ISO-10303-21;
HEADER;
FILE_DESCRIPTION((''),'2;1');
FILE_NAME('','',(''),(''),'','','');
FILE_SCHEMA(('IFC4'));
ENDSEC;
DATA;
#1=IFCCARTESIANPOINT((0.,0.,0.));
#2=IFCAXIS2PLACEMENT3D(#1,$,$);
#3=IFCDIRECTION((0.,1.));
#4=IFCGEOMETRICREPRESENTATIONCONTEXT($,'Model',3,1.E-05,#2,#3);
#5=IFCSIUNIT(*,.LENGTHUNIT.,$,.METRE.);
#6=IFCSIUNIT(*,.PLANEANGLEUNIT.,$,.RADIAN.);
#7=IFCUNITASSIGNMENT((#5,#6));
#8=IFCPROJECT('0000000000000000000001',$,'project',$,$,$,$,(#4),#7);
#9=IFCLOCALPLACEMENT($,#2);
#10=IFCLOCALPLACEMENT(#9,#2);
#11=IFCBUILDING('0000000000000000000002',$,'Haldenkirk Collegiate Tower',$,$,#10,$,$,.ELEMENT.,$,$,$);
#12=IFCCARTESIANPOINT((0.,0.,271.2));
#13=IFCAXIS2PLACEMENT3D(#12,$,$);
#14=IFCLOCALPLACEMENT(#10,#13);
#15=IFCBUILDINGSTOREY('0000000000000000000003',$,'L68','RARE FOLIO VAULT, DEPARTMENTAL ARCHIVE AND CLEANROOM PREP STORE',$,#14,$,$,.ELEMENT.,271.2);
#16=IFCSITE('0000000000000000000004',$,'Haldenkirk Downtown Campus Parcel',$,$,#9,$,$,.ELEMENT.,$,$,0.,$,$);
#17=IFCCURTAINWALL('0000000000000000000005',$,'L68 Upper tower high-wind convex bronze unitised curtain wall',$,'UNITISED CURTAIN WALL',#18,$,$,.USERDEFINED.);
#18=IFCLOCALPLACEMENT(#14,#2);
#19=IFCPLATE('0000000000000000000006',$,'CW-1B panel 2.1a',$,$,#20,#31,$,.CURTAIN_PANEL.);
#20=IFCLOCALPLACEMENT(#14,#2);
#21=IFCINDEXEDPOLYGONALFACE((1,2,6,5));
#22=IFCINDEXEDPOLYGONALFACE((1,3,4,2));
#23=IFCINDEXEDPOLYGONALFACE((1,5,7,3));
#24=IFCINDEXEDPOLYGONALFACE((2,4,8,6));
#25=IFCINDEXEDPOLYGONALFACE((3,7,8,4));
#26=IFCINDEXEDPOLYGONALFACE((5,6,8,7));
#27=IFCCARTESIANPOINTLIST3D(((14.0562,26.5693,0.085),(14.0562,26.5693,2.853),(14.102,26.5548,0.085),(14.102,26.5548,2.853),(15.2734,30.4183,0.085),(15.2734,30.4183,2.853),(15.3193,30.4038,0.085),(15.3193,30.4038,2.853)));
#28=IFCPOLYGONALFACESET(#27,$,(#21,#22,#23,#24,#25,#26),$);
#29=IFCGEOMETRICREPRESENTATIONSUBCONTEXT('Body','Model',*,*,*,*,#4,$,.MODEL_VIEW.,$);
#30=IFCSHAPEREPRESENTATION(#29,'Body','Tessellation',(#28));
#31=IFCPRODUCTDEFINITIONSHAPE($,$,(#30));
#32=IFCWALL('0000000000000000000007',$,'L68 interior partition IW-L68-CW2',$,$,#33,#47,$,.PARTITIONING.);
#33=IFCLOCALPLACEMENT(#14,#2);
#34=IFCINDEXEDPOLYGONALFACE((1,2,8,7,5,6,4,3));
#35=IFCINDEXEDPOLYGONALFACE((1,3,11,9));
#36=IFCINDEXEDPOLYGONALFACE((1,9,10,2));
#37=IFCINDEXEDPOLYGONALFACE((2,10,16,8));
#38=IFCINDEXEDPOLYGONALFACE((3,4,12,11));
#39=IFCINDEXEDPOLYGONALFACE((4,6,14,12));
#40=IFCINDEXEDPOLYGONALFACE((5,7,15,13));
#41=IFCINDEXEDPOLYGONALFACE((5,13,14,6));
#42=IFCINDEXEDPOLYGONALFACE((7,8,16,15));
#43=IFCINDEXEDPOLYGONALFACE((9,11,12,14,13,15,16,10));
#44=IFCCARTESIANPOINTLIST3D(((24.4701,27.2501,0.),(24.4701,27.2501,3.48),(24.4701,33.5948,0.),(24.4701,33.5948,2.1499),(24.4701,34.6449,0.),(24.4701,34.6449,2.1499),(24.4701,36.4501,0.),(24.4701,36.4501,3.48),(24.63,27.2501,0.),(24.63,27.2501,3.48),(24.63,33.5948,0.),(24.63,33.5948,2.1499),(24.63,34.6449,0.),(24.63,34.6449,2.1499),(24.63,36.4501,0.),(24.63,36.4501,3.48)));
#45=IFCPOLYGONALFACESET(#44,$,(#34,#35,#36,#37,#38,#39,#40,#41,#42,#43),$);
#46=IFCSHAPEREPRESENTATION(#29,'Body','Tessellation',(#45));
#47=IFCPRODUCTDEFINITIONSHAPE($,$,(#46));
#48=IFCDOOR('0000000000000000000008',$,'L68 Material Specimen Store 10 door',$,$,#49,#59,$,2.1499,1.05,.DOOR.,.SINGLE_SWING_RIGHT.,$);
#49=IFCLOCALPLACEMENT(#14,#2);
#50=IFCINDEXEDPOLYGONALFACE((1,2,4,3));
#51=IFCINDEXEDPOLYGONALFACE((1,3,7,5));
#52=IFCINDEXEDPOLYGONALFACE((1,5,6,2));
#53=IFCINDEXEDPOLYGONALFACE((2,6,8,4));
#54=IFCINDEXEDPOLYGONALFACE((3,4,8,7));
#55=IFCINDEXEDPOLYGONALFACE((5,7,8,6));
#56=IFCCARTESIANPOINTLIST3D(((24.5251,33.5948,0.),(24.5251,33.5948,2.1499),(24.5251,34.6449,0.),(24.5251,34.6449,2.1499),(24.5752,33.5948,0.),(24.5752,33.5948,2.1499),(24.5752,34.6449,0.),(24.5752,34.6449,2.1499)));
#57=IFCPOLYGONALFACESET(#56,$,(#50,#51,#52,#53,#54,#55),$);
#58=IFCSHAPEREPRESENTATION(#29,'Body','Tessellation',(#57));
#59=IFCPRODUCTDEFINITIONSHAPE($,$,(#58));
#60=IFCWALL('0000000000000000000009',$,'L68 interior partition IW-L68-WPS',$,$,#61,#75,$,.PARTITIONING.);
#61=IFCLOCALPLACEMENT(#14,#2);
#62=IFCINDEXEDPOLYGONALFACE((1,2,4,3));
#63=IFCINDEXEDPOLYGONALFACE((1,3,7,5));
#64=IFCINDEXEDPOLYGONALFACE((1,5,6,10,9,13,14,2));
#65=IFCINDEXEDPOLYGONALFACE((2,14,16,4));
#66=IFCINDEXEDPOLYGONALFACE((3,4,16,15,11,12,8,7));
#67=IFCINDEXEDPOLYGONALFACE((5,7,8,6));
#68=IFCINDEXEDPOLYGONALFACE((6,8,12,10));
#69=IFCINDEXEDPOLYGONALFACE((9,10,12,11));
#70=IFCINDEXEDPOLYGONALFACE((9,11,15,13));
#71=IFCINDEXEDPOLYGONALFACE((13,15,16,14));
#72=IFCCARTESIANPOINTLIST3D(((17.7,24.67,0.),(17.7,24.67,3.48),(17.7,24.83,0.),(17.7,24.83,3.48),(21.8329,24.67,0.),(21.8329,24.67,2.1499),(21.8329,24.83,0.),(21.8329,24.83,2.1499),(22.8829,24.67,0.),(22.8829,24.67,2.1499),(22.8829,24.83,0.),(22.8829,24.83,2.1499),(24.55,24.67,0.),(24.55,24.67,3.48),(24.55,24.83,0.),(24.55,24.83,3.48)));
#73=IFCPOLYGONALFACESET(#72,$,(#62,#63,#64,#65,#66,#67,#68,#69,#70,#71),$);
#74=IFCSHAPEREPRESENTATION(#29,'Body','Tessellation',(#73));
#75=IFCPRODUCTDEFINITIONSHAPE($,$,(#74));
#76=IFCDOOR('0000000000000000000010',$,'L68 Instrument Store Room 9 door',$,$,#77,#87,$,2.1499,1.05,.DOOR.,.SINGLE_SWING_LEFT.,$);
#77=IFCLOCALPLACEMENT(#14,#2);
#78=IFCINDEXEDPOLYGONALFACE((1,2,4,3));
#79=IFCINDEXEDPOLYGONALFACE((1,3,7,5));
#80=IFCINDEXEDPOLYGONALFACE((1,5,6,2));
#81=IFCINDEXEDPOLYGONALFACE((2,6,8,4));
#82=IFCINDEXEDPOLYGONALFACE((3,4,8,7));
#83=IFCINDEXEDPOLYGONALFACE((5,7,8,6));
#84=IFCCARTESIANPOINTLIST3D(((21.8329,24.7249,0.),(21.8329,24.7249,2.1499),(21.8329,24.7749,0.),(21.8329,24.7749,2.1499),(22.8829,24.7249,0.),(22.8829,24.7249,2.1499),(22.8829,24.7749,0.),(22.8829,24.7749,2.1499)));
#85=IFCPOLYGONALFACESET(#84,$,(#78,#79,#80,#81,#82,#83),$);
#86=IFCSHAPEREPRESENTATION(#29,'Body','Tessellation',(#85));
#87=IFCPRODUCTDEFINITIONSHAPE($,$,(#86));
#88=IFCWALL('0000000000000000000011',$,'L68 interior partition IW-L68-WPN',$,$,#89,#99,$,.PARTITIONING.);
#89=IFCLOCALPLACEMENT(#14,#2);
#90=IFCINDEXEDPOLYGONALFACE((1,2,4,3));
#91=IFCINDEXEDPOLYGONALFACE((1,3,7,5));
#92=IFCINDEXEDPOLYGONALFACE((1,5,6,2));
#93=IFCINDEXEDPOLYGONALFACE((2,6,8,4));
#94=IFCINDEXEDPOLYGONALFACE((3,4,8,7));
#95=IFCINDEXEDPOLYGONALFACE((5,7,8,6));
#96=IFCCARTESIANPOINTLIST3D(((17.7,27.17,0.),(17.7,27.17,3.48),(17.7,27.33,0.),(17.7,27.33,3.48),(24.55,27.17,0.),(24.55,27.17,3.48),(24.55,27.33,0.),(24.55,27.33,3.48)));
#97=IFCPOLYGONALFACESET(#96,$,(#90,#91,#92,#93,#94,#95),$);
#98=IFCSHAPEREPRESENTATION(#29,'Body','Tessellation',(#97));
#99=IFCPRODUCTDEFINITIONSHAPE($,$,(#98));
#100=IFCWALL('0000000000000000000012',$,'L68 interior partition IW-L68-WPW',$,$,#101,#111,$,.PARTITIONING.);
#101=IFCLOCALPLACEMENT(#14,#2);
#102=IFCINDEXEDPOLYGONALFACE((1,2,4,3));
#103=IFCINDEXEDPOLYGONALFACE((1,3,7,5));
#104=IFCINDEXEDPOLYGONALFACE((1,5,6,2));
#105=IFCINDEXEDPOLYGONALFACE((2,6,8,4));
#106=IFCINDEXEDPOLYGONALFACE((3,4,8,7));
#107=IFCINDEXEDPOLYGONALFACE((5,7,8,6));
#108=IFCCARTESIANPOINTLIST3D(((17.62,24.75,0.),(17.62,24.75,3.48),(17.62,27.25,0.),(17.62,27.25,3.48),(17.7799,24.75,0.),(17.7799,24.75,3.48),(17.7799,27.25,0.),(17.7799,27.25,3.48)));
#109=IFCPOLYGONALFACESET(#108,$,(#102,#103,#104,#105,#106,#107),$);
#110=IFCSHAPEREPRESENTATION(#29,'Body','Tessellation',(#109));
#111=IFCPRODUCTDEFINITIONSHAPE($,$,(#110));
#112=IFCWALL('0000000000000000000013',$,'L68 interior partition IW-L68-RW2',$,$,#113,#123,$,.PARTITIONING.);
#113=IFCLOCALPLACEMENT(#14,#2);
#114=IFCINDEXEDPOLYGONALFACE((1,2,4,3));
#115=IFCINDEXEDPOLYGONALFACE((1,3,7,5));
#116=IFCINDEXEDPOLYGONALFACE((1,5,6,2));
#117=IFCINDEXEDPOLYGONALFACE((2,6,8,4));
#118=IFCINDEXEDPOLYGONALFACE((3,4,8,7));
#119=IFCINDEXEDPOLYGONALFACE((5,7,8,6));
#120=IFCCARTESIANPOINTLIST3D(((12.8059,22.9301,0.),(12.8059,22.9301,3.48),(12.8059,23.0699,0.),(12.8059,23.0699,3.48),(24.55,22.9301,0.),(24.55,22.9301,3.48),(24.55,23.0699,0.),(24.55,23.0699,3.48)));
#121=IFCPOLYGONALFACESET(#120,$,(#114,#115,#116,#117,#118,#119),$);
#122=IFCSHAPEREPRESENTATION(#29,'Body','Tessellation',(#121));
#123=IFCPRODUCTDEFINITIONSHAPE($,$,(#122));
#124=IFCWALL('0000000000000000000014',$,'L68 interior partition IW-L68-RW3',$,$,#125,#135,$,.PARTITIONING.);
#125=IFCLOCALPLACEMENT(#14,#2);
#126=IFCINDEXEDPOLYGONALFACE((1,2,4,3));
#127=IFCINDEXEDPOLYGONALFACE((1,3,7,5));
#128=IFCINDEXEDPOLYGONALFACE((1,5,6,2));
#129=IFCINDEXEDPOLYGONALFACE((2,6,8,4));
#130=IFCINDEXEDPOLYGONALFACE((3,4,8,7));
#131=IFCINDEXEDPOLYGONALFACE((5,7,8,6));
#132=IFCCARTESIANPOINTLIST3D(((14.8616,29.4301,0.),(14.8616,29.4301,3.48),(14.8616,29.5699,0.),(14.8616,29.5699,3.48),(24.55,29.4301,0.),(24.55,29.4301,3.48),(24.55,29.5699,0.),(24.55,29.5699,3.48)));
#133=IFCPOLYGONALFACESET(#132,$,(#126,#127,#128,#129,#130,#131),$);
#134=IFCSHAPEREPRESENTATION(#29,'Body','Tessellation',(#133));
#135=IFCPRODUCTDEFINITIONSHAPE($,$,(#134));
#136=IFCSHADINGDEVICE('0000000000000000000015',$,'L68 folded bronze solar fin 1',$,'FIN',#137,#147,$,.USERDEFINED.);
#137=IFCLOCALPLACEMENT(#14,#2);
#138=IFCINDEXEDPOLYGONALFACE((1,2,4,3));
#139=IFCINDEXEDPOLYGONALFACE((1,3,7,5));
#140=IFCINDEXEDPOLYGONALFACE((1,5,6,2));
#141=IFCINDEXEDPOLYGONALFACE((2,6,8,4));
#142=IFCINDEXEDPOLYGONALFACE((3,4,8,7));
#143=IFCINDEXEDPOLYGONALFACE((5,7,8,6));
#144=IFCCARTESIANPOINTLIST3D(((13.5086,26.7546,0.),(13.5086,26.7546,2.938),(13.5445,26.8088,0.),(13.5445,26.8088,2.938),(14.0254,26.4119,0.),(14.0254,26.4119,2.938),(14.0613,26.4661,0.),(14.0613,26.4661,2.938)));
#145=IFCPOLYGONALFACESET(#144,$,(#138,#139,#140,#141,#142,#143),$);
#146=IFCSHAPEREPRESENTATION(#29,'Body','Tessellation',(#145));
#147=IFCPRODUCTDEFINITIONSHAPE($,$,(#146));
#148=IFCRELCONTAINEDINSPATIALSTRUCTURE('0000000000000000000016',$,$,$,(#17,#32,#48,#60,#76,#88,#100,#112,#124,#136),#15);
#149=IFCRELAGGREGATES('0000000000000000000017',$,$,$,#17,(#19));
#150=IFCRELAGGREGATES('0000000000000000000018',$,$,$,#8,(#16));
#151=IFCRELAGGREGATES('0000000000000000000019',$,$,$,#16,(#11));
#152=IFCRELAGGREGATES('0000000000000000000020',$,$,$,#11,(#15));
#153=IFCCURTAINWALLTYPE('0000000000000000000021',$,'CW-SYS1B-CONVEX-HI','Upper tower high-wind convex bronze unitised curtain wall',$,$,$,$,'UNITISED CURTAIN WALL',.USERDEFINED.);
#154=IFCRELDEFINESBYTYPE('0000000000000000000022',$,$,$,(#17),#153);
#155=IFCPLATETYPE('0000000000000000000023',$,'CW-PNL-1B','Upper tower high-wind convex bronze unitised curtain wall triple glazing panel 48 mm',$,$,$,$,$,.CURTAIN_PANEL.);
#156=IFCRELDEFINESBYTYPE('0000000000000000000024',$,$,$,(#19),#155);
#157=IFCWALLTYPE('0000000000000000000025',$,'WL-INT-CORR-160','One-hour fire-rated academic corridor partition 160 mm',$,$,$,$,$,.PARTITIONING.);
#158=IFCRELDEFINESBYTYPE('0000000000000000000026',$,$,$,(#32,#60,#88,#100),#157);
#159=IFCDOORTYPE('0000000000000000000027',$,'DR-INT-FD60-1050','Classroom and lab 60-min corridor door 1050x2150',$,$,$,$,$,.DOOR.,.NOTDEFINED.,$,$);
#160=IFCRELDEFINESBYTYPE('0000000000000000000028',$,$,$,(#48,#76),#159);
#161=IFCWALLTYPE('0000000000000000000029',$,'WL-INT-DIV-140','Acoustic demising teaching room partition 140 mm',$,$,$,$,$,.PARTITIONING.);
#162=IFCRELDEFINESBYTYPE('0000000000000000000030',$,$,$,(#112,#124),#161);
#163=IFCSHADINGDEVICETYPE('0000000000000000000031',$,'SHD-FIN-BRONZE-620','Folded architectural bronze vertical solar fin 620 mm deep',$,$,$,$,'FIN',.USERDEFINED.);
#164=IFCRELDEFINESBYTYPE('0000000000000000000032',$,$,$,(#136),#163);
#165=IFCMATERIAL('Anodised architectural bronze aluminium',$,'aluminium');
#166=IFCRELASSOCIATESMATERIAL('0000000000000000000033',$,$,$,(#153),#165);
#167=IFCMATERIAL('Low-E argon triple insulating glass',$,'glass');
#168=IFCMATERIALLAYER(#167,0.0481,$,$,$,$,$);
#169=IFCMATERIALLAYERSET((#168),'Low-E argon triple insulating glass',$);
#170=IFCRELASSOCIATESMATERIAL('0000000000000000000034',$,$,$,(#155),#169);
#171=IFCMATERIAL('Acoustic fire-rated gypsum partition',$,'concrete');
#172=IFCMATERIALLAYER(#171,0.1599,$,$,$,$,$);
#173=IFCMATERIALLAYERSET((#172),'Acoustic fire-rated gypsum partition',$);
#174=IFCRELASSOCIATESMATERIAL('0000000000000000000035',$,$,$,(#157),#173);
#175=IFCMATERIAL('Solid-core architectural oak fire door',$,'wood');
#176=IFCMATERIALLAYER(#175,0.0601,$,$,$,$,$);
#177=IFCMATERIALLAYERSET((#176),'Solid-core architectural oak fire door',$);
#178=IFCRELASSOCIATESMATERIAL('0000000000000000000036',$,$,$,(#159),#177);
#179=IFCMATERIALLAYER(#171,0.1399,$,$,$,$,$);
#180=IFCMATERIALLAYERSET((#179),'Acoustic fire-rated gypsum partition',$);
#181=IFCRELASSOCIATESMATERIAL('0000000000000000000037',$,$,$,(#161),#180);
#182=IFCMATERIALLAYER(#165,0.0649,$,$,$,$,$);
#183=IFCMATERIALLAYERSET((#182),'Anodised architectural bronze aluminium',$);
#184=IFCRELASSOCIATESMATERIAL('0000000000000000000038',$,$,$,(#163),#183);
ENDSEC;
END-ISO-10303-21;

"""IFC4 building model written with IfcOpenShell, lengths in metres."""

from ifc_helpers import new_model, si_unit, direction, frame, frame_2d, origin, origin_2d, place, context, subcontext, project, spatial, rectangle, extrude, source, transform, mapped, material, layer, layer_set, type_object, element, fill, aggregate, save


model = new_model("IFC4")

# Units and contexts
model_context = context("Model", 3, precision=1e-05, world=origin(), true_north=direction((0.0, 1.0)))
body_context = subcontext(model_context, "Body", "Model", "MODEL_VIEW")
ifc_project = project(units=[si_unit("LENGTHUNIT", "METRE"), si_unit("PLANEANGLEUNIT", "RADIAN")], contexts=[model_context])

# Site, building, storey
site_placement = place(None, origin())
site = spatial("IfcSite", under=ifc_project, at=site_placement, Name="Haldenkirk Downtown Campus Parcel", CompositionType="ELEMENT", RefElevation=0.0)
building_placement = place(site_placement, origin())
building = spatial("IfcBuilding", under=site, at=building_placement, Name="Haldenkirk Collegiate Tower", CompositionType="ELEMENT")
storey_placement = place(building_placement, frame((0.0, 0.0, 271.2)))
storey = spatial("IfcBuildingStorey", under=building, at=storey_placement, Name="L68", Description="RARE FOLIO VAULT, DEPARTMENTAL ARCHIVE AND CLEANROOM PREP STORE", CompositionType="ELEMENT", Elevation=271.2)

# Curtain wall, plate
ifc_material_1 = material(Name="Anodised architectural bronze aluminium", Category="aluminium")
curtain_wall_type = type_object("IfcCurtainWallType", Name="CW-SYS1B-CONVEX-HI", Description="Upper tower high-wind convex bronze unitised curtain wall", ElementType="UNITISED CURTAIN WALL", PredefinedType="USERDEFINED", material=ifc_material_1)
curtain_wall_placement = place(storey_placement, origin())
curtain_wall = element("IfcCurtainWall", 1, at=curtain_wall_placement, inside=storey, type_object=curtain_wall_type, Name="L68 Upper tower high-wind convex bronze unitised curtain wall", ObjectType="UNITISED CURTAIN WALL", PredefinedType="USERDEFINED")
ifc_material_2 = material(Name="Low-E argon triple insulating glass", Category="glass")
ifc_layer_1 = layer(ifc_material_2, 0.0481)
ifc_layer_set_1 = layer_set([ifc_layer_1], Name="Low-E argon triple insulating glass")
plate_type_1 = type_object("IfcPlateType", Name="CW-PNL-1B", Description="Upper tower high-wind convex bronze unitised curtain wall triple glazing panel 48 mm", PredefinedType="CURTAIN_PANEL", material=ifc_layer_set_1)
shared_shape_1 = source(origin(), body_context, "Body", "SweptSolid", [
    extrude(rectangle(XDim=4.0369, YDim=0.0481, at=origin_2d()), origin(), (0.0, 0.0, 1.0), 2.7681),
])
plate_1_placement = place(storey_placement, frame((14.6877, 28.4866, 0.085), z_axis=(0.0, 0.0, 1.0), x_axis=(0.301537, 0.953455, 0.0)))
plate_1 = element("IfcPlate", 2, at=plate_1_placement, type_object=plate_type_1, Name="CW-1B panel 2.1a", PredefinedType="CURTAIN_PANEL", context=body_context, shape_type="MappedRepresentation", body=[
    mapped(shared_shape_1, transform((0.0, 0.0, 0.0), x_axis=(1.0, 0.0, 0.0), y_axis=(0.0, 1.0, 0.0), z_axis=(0.0, 0.0, 1.0), scale=1.0)),
])
aggregate(curtain_wall, [plate_1])

# Walls, openings, doors
ifc_material_3 = material(Name="Acoustic fire-rated gypsum partition", Category="concrete")
ifc_layer_2 = layer(ifc_material_3, 0.1599)
ifc_layer_set_2 = layer_set([ifc_layer_2], Name="Acoustic fire-rated gypsum partition")
wall_type_1 = type_object("IfcWallType", Name="WL-INT-CORR-160", Description="One-hour fire-rated academic corridor partition 160 mm", PredefinedType="PARTITIONING", material=ifc_layer_set_2)
wall_1_placement = place(storey_placement, frame((24.55, 27.25, 0.0), z_axis=(0.0, 0.0, 1.0), x_axis=(0.0, 1.0, 0.0)))
wall_1 = element("IfcWall", 3, at=wall_1_placement, inside=storey, type_object=wall_type_1, Name="L68 interior partition IW-L68-CW2", PredefinedType="PARTITIONING", context=body_context, shape_type="SweptSolid", body=[
    extrude(rectangle(XDim=9.2, YDim=0.1599, at=frame_2d((4.6001, 0.0))), origin(), (0.0, 0.0, 1.0), 3.48),
])
opening_1_placement = place(wall_1_placement, frame((6.345, 0.0, 0.0)))
opening_1 = element("IfcOpeningElement", 4, at=opening_1_placement, cuts=wall_1, PredefinedType="OPENING", context=body_context, shape_type="SweptSolid", body=[
    extrude(rectangle(XDim=1.05, YDim=2.1499, at=frame_2d((0.5249, 1.075))), frame((0.0, 0.0898, 0.0), z_axis=(0.0, -1.0, 0.0), x_axis=(1.0, 0.0, 0.0)), (0.0, 0.0, 1.0), 0.1799),
])
ifc_material_4 = material(Name="Solid-core architectural oak fire door", Category="wood")
ifc_layer_3 = layer(ifc_material_4, 0.0601)
ifc_layer_set_3 = layer_set([ifc_layer_3], Name="Solid-core architectural oak fire door")
door_type = type_object("IfcDoorType", Name="DR-INT-FD60-1050", Description="Classroom and lab 60-min corridor door 1050x2150", OperationType="NOTDEFINED", PredefinedType="DOOR", material=ifc_layer_set_3)
door_1_placement = place(opening_1_placement, origin())
door_1 = element("IfcDoor", 5, at=door_1_placement, inside=storey, type_object=door_type, Name="L68 Material Specimen Store 10 door", OperationType="SINGLE_SWING_RIGHT", OverallHeight=2.1499, OverallWidth=1.05, PredefinedType="DOOR", context=body_context, shape_type="SweptSolid", body=[
    extrude(rectangle(XDim=1.05, YDim=2.1499, at=frame_2d((0.5249, 1.075))), frame((0.0, 0.0249, 0.0), z_axis=(0.0, -1.0, 0.0), x_axis=(1.0, 0.0, 0.0)), (0.0, 0.0, 1.0), 0.05),
])
fill(opening_1, door_1)
wall_2_placement = place(storey_placement, frame((17.7, 24.75, 0.0), z_axis=(0.0, 0.0, 1.0), x_axis=(1.0, 0.0, 0.0)))
wall_2 = element("IfcWall", 6, at=wall_2_placement, inside=storey, type_object=wall_type_1, Name="L68 interior partition IW-L68-WPS", PredefinedType="PARTITIONING", context=body_context, shape_type="SweptSolid", body=[
    extrude(rectangle(XDim=6.8501, YDim=0.1599, at=frame_2d((3.425, 0.0))), origin(), (0.0, 0.0, 1.0), 3.48),
])
opening_2_placement = place(wall_2_placement, frame((4.1331, 0.0, 0.0)))
opening_2 = element("IfcOpeningElement", 7, at=opening_2_placement, cuts=wall_2, PredefinedType="OPENING", context=body_context, shape_type="SweptSolid", body=[
    extrude(rectangle(XDim=1.05, YDim=2.1499, at=frame_2d((0.5249, 1.075))), frame((0.0, 0.0898, 0.0), z_axis=(0.0, -1.0, 0.0), x_axis=(1.0, 0.0, 0.0)), (0.0, 0.0, 1.0), 0.1799),
])
door_2_placement = place(opening_2_placement, origin())
door_2 = element("IfcDoor", 8, at=door_2_placement, inside=storey, type_object=door_type, Name="L68 Instrument Store Room 9 door", OperationType="SINGLE_SWING_LEFT", OverallHeight=2.1499, OverallWidth=1.05, PredefinedType="DOOR", context=body_context, shape_type="SweptSolid", body=[
    extrude(rectangle(XDim=1.05, YDim=2.1499, at=frame_2d((0.5249, 1.075))), frame((0.0, 0.0249, 0.0), z_axis=(0.0, -1.0, 0.0), x_axis=(1.0, 0.0, 0.0)), (0.0, 0.0, 1.0), 0.05),
])
fill(opening_2, door_2)

# Walls
wall_3_placement = place(storey_placement, frame((17.7, 27.25, 0.0), z_axis=(0.0, 0.0, 1.0), x_axis=(1.0, 0.0, 0.0)))
element("IfcWall", 9, at=wall_3_placement, inside=storey, type_object=wall_type_1, Name="L68 interior partition IW-L68-WPN", PredefinedType="PARTITIONING", context=body_context, shape_type="SweptSolid", body=[
    extrude(rectangle(XDim=6.8501, YDim=0.1599, at=frame_2d((3.425, 0.0))), origin(), (0.0, 0.0, 1.0), 3.48),
])
wall_4_placement = place(storey_placement, frame((17.7, 24.75, 0.0), z_axis=(0.0, 0.0, 1.0), x_axis=(0.0, 1.0, 0.0)))
element("IfcWall", 10, at=wall_4_placement, inside=storey, type_object=wall_type_1, Name="L68 interior partition IW-L68-WPW", PredefinedType="PARTITIONING", context=body_context, shape_type="SweptSolid", body=[
    extrude(rectangle(XDim=2.5, YDim=0.1599, at=frame_2d((1.25, 0.0))), origin(), (0.0, 0.0, 1.0), 3.48),
])
ifc_layer_4 = layer(ifc_material_3, 0.1399)
ifc_layer_set_4 = layer_set([ifc_layer_4], Name="Acoustic fire-rated gypsum partition")
wall_type_2 = type_object("IfcWallType", Name="WL-INT-DIV-140", Description="Acoustic demising teaching room partition 140 mm", PredefinedType="PARTITIONING", material=ifc_layer_set_4)
wall_5_placement = place(storey_placement, frame((12.8059, 23.0, 0.0), z_axis=(0.0, 0.0, 1.0), x_axis=(1.0, 0.0, 0.0)))
element("IfcWall", 11, at=wall_5_placement, inside=storey, type_object=wall_type_2, Name="L68 interior partition IW-L68-RW2", PredefinedType="PARTITIONING", context=body_context, shape_type="SweptSolid", body=[
    extrude(rectangle(XDim=11.7441, YDim=0.1399, at=frame_2d((5.8721, 0.0))), origin(), (0.0, 0.0, 1.0), 3.48),
])
wall_6_placement = place(storey_placement, frame((14.8616, 29.5, 0.0), z_axis=(0.0, 0.0, 1.0), x_axis=(1.0, 0.0, 0.0)))
element("IfcWall", 12, at=wall_6_placement, inside=storey, type_object=wall_type_2, Name="L68 interior partition IW-L68-RW3", PredefinedType="PARTITIONING", context=body_context, shape_type="SweptSolid", body=[
    extrude(rectangle(XDim=9.6885, YDim=0.1399, at=frame_2d((4.8442, 0.0))), origin(), (0.0, 0.0, 1.0), 3.48),
])

# Shading device
ifc_layer_5 = layer(ifc_material_1, 0.0649)
ifc_layer_set_5 = layer_set([ifc_layer_5], Name="Anodised architectural bronze aluminium")
shading_device_type = type_object("IfcShadingDeviceType", Name="SHD-FIN-BRONZE-620", Description="Folded architectural bronze vertical solar fin 620 mm deep", ElementType="FIN", PredefinedType="USERDEFINED", material=ifc_layer_set_5)
shared_shape_2 = source(origin(), body_context, "Body", "SweptSolid", [
    extrude(rectangle(XDim=0.6201, YDim=0.0649, at=origin_2d()), origin(), (0.0, 0.0, 1.0), 2.938),
])
shading_device_placement = place(storey_placement, frame((13.7849, 26.6104, 0.0), z_axis=(0.0, 0.0, 1.0), x_axis=(-0.833404, 0.552664, 0.0)))
element("IfcShadingDevice", 13, at=shading_device_placement, inside=storey, type_object=shading_device_type, Name="L68 folded bronze solar fin 1", ObjectType="FIN", PredefinedType="USERDEFINED", context=body_context, shape_type="MappedRepresentation", body=[
    mapped(shared_shape_2, transform((0.0, 0.0, 0.0), x_axis=(1.0, 0.0, 0.0), y_axis=(0.0, 1.0, 0.0), z_axis=(0.0, 0.0, 1.0), scale=1.0)),
])

save(model, "model.ifc")
